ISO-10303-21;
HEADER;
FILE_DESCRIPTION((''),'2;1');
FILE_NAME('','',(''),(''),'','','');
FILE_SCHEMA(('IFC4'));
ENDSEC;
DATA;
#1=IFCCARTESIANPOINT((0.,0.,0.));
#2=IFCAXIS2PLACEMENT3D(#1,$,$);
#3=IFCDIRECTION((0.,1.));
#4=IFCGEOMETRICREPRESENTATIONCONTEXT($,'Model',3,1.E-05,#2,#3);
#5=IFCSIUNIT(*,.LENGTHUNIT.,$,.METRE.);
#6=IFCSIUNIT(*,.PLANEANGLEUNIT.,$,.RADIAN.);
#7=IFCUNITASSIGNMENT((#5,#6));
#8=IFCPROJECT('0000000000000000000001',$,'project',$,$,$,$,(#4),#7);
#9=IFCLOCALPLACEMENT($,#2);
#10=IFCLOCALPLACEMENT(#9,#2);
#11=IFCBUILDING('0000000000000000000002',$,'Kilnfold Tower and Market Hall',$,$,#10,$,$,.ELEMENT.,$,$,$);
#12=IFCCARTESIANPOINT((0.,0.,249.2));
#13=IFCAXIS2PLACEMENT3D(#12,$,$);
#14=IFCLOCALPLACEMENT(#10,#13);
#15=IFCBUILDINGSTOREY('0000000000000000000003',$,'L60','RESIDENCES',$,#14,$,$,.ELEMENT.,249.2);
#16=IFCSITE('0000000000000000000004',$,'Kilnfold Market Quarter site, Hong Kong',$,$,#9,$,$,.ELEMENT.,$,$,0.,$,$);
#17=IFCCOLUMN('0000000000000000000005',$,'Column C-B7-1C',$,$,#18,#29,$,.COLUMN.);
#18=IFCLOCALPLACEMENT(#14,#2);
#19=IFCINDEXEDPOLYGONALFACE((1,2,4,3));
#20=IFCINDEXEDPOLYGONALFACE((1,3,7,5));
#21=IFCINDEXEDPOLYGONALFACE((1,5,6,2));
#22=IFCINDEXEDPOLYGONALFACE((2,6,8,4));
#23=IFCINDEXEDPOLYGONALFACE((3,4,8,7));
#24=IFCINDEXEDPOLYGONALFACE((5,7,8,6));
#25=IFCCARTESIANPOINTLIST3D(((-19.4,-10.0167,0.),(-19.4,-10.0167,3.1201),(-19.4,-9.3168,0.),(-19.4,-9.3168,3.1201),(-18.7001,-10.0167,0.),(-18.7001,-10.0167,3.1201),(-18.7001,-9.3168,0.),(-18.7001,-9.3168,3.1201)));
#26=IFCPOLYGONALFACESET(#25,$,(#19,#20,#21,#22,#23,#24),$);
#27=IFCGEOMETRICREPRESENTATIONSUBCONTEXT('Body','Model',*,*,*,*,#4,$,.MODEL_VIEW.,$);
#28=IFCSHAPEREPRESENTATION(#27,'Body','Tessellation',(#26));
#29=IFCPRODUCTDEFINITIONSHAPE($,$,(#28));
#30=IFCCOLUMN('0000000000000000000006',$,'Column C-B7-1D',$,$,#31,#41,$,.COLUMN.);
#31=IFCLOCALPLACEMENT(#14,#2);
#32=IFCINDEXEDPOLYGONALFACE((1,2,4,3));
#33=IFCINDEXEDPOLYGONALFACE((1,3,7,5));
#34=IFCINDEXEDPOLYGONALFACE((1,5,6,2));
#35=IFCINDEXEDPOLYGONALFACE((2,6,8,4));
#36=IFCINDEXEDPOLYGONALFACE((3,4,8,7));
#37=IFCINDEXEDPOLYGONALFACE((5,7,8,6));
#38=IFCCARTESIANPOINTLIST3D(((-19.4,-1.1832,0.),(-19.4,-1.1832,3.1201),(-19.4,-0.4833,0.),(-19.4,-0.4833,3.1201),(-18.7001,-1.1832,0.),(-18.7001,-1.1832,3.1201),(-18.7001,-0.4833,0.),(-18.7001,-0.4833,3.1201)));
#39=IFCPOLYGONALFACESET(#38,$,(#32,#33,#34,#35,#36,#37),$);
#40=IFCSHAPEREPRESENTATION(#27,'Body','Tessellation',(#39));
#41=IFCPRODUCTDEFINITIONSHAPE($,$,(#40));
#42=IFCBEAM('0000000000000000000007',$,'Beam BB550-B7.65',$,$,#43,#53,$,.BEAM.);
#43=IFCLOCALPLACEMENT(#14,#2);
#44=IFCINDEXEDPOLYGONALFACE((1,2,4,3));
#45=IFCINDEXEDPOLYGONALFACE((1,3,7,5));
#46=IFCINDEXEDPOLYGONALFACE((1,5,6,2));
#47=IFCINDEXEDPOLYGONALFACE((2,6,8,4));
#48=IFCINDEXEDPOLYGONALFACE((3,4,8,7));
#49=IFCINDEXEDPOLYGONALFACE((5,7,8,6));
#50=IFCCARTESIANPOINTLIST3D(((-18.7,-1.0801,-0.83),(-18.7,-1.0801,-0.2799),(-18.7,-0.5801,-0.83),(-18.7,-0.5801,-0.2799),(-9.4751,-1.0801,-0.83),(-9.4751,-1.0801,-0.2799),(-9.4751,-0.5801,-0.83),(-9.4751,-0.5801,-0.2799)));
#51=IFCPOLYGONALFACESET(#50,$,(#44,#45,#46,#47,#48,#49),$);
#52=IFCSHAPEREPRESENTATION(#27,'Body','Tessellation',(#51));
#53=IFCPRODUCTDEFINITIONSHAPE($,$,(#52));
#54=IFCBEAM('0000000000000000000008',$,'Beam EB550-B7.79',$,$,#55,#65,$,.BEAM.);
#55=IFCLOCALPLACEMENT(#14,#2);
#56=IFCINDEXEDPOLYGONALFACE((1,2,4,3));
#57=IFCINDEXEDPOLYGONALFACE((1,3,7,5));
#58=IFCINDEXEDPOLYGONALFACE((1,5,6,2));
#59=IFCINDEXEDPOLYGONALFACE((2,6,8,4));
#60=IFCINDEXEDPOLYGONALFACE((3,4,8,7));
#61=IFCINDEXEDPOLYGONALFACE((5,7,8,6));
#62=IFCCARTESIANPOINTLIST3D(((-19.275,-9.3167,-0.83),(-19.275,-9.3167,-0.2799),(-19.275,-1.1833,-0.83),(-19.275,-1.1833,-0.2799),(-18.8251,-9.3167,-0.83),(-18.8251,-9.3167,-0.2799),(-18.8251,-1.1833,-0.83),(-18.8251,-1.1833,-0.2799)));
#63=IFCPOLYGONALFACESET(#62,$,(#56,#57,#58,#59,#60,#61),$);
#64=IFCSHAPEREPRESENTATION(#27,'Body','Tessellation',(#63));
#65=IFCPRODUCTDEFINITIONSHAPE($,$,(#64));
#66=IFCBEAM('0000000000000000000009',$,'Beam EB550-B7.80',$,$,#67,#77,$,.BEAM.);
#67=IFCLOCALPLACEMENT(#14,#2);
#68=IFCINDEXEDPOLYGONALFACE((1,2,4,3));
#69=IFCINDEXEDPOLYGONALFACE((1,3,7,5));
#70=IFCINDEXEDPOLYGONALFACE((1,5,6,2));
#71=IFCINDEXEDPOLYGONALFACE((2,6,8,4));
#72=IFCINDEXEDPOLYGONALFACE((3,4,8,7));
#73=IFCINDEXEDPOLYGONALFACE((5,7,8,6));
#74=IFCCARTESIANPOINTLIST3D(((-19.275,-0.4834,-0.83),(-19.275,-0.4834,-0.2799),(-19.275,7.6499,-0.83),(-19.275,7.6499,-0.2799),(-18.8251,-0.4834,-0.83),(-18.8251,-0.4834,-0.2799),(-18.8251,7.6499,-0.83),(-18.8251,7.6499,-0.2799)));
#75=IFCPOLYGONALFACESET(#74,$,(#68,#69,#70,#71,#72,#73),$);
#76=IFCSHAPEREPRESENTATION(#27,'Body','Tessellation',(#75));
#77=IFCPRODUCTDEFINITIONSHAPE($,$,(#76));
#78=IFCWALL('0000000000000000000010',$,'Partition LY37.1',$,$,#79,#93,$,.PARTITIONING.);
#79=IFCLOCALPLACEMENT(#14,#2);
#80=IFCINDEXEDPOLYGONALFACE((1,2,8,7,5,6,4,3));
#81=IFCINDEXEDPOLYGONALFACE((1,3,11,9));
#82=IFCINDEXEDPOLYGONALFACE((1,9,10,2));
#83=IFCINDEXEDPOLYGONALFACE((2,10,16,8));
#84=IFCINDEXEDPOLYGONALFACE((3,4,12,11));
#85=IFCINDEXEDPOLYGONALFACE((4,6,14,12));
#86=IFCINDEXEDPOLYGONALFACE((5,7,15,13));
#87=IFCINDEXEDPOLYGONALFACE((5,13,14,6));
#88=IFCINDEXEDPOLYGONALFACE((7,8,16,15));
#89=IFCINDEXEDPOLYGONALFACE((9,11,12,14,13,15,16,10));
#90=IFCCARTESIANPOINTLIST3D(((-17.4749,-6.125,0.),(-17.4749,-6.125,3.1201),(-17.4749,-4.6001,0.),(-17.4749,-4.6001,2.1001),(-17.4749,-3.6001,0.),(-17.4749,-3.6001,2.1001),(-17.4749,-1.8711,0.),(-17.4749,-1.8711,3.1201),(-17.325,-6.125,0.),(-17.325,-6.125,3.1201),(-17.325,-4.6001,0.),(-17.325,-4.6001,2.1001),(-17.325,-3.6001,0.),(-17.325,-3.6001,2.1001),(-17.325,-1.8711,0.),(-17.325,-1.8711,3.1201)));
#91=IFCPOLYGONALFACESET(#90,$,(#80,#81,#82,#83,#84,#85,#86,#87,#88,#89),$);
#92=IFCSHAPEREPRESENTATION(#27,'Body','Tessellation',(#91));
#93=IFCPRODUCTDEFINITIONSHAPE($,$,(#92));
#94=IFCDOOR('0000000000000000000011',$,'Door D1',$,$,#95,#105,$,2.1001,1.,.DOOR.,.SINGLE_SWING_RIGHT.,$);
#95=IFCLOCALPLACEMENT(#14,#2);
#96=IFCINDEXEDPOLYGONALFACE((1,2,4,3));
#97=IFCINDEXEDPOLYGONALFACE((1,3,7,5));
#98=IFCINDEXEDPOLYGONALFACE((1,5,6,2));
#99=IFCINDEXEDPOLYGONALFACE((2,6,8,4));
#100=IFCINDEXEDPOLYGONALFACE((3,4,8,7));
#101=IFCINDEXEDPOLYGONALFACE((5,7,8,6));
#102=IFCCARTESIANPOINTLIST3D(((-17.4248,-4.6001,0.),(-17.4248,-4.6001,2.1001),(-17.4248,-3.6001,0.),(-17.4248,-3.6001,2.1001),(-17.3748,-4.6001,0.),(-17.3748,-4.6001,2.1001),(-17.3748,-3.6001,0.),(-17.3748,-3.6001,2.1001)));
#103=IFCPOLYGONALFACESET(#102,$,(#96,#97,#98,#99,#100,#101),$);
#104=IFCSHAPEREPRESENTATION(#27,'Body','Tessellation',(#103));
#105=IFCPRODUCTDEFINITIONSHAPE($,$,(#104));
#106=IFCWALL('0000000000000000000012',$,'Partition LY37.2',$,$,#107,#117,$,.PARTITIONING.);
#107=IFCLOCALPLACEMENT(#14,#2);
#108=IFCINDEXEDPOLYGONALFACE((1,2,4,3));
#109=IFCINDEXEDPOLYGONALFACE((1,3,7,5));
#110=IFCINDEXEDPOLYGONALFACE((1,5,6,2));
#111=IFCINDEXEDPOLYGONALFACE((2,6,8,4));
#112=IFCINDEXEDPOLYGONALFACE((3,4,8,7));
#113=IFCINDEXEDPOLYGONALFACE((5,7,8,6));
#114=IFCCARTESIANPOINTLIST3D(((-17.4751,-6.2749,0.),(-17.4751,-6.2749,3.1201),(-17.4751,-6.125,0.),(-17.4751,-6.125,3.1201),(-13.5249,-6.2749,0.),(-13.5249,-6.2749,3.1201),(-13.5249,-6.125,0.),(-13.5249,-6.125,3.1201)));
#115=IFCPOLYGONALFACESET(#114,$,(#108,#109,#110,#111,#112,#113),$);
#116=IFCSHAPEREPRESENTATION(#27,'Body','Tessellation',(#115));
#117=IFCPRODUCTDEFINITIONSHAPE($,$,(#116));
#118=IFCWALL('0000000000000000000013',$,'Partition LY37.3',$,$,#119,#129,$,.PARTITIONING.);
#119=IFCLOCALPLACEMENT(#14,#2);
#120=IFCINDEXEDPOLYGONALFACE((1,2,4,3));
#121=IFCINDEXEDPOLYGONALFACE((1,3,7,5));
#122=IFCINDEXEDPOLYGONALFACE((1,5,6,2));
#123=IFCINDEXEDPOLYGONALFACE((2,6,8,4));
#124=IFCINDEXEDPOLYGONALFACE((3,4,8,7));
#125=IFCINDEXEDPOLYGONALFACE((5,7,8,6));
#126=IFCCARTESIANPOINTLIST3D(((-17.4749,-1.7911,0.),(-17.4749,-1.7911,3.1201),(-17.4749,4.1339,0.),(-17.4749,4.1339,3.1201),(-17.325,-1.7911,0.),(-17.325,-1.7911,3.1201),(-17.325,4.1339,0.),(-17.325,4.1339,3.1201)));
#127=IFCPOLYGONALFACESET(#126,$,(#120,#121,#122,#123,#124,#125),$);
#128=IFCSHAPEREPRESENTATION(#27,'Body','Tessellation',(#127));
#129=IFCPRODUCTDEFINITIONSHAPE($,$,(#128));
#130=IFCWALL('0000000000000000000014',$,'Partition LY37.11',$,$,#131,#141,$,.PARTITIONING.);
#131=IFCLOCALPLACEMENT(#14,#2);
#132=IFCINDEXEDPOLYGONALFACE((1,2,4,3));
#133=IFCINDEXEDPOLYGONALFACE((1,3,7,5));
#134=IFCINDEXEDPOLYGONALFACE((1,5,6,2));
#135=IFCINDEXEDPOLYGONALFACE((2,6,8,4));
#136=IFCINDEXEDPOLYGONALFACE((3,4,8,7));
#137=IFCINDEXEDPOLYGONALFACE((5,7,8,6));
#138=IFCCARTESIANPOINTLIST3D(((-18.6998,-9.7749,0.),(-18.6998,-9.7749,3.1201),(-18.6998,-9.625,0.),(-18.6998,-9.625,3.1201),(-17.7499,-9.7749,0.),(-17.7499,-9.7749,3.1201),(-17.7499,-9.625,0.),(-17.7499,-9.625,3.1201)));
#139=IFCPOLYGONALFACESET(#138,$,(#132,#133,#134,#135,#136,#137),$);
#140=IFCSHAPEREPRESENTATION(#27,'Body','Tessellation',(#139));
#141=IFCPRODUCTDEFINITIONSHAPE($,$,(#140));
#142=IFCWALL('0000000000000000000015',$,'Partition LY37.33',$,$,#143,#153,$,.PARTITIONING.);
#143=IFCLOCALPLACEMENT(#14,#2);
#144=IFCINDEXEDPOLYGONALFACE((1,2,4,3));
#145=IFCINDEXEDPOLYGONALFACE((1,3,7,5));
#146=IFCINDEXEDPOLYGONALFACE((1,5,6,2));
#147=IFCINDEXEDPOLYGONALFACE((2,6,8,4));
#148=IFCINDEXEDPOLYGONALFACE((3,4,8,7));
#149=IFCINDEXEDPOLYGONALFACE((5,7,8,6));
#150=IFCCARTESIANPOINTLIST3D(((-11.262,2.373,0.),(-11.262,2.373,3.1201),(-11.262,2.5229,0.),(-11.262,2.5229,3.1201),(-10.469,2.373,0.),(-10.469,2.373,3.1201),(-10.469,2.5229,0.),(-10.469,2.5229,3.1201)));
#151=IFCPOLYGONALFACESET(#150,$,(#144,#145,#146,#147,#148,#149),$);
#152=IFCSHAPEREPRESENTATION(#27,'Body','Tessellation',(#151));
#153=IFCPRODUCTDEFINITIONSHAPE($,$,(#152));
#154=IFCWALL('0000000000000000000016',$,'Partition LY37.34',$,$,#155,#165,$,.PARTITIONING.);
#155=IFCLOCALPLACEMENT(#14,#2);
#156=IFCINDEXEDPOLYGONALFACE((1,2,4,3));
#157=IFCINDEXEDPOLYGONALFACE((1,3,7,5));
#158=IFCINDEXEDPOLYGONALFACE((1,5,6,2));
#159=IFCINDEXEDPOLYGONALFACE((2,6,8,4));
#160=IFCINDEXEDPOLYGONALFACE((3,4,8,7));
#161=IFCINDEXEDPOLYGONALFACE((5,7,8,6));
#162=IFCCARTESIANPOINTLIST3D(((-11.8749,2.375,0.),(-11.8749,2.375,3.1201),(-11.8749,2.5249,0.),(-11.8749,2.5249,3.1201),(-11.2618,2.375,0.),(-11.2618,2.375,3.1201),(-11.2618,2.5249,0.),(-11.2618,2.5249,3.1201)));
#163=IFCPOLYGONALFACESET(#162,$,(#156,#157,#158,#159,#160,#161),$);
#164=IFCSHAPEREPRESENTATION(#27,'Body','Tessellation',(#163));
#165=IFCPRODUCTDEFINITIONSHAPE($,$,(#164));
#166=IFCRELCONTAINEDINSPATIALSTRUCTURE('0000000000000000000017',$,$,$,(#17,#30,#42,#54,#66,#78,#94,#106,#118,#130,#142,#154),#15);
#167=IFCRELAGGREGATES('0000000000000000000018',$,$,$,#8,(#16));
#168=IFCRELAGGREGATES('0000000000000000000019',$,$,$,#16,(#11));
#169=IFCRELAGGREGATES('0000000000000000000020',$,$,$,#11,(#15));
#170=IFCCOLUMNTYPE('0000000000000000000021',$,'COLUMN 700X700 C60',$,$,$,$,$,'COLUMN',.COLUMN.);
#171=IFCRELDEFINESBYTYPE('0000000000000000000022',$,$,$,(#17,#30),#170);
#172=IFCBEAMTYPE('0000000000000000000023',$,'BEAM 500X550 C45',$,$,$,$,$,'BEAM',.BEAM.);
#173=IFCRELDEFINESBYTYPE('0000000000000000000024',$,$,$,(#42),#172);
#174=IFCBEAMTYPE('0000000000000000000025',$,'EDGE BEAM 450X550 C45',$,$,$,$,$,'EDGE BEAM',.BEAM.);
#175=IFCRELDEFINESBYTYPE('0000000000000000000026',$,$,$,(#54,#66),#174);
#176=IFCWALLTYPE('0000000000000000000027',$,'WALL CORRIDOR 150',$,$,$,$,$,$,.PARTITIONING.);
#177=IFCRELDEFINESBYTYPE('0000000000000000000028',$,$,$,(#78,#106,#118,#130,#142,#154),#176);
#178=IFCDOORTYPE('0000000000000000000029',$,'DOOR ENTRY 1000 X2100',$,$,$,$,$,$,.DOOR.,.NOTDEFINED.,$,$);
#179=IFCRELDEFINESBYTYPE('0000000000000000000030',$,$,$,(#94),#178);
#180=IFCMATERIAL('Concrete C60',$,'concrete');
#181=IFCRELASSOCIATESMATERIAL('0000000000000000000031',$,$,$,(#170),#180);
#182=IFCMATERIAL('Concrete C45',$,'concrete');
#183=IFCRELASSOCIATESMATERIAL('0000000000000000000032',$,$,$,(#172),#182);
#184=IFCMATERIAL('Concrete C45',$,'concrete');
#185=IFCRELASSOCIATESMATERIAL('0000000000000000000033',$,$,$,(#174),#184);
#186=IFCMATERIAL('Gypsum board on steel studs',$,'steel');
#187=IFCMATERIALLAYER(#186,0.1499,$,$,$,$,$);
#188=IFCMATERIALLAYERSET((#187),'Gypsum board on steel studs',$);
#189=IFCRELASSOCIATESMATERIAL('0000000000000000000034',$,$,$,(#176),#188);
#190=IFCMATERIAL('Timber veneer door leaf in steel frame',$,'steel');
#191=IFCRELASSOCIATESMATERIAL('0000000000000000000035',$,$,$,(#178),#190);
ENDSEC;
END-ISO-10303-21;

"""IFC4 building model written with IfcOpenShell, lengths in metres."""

from ifc_helpers import new_model, si_unit, direction, frame, frame_2d, origin, origin_2d, place, context, subcontext, project, spatial, rectangle, extrude, source, transform, mapped, material, layer, layer_set, material_profile, profile_set, type_object, element, fill, save


model = new_model("IFC4")

# Units and contexts
model_context = context("Model", 3, precision=1e-05, world=origin(), true_north=direction((0.0, 1.0)))
body_context = subcontext(model_context, "Body", "Model", "MODEL_VIEW")
ifc_project = project(units=[si_unit("LENGTHUNIT", "METRE"), si_unit("PLANEANGLEUNIT", "RADIAN")], contexts=[model_context])

# Site, building, storey
site_placement = place(None, origin())
site = spatial("IfcSite", under=ifc_project, at=site_placement, Name="Kilnfold Market Quarter site, Hong Kong", CompositionType="ELEMENT", RefElevation=0.0)
building_placement = place(site_placement, origin())
building = spatial("IfcBuilding", under=site, at=building_placement, Name="Kilnfold Tower and Market Hall", CompositionType="ELEMENT")
storey_placement = place(building_placement, frame((0.0, 0.0, 249.2)))
storey = spatial("IfcBuildingStorey", under=building, at=storey_placement, Name="L60", Description="RESIDENCES", CompositionType="ELEMENT", Elevation=249.2)

# Columns
ifc_material_1 = material(Name="Concrete C60", Category="concrete")
ifc_material_profile_1 = material_profile(ifc_material_1, rectangle(XDim=0.7, YDim=0.7, at=origin_2d()), Name="RC 700x700")
ifc_profile_set_1 = profile_set([ifc_material_profile_1], Name="Concrete C60")
column_type = type_object("IfcColumnType", Name="COLUMN 700X700 C60", ElementType="COLUMN", PredefinedType="COLUMN", material=ifc_profile_set_1)
shared_shape_1 = source(origin(), body_context, "Body", "SweptSolid", [
    extrude(rectangle(XDim=0.7, YDim=0.7, at=origin_2d()), origin(), (0.0, 0.0, 1.0), 3.1201),
])
for number, where, z_axis, x_axis, name in (
    (1, (-19.05, -9.6667, 0.0), (0.0, 0.0, 1.0), (1.0, 0.0, 0.0), "Column C-B7-1C"),
    (2, (-19.05, -0.8333, 0.0), (0.0, 0.0, 1.0), (1.0, 0.0, 0.0), "Column C-B7-1D"),
):
    element("IfcColumn", number, at=place(storey_placement, frame(where, z_axis=z_axis, x_axis=x_axis)), inside=storey, type_object=column_type, Name=name, PredefinedType="COLUMN", context=body_context, shape_type="MappedRepresentation", body=[
        mapped(shared_shape_1, transform((0.0, 0.0, 0.0))),
    ])

# Beams
ifc_material_2 = material(Name="Concrete C45", Category="concrete")
ifc_material_profile_2 = material_profile(ifc_material_2, rectangle(XDim=0.5, YDim=0.55, at=origin_2d()), Name="RC 500x550")
ifc_profile_set_2 = profile_set([ifc_material_profile_2], Name="Concrete C45")
beam_type_1 = type_object("IfcBeamType", Name="BEAM 500X550 C45", ElementType="BEAM", PredefinedType="BEAM", material=ifc_profile_set_2)
shared_shape_2 = source(origin(), body_context, "Body", "SweptSolid", [
    extrude(rectangle(XDim=0.5, YDim=0.55, at=origin_2d()), origin(), (0.0, 0.0, 1.0), 9.2249),
])
beam_placement = place(storey_placement, frame((-18.7, -0.8301, -0.5549), z_axis=(1.0, 0.0, 0.0), x_axis=(0.0, 1.0, 0.0)))
element("IfcBeam", 3, at=beam_placement, inside=storey, type_object=beam_type_1, Name="Beam BB550-B7.65", PredefinedType="BEAM", context=body_context, shape_type="MappedRepresentation", body=[
    mapped(shared_shape_2, transform((0.0, 0.0, 0.0))),
])
ifc_material_3 = material(Name="Concrete C45", Category="concrete")
ifc_material_profile_3 = material_profile(ifc_material_3, rectangle(XDim=0.45, YDim=0.55, at=origin_2d()), Name="RC 450x550")
ifc_profile_set_3 = profile_set([ifc_material_profile_3], Name="Concrete C45")
beam_type_2 = type_object("IfcBeamType", Name="EDGE BEAM 450X550 C45", ElementType="EDGE BEAM", PredefinedType="BEAM", material=ifc_profile_set_3)
shared_shape_3 = source(origin(), body_context, "Body", "SweptSolid", [
    extrude(rectangle(XDim=0.45, YDim=0.55, at=origin_2d()), origin(), (0.0, 0.0, 1.0), 8.1333),
])
for number, where, z_axis, x_axis, name in (
    (4, (-19.05, -9.3167, -0.5549), (0.0, 1.0, 0.0), (-1.0, 0.0, 0.0), "Beam EB550-B7.79"),
    (5, (-19.05, -0.4834, -0.5549), (0.0, 1.0, 0.0), (-1.0, 0.0, 0.0), "Beam EB550-B7.80"),
):
    element("IfcBeam", number, at=place(storey_placement, frame(where, z_axis=z_axis, x_axis=x_axis)), inside=storey, type_object=beam_type_2, Name=name, PredefinedType="BEAM", context=body_context, shape_type="MappedRepresentation", body=[
        mapped(shared_shape_3, transform((0.0, 0.0, 0.0))),
    ])

# Wall, opening, door
ifc_material_4 = material(Name="Gypsum board on steel studs", Category="steel")
ifc_layer_1 = layer(ifc_material_4, 0.1499)
ifc_layer_set_1 = layer_set([ifc_layer_1], Name="Gypsum board on steel studs")
wall_type_1 = type_object("IfcWallType", Name="WALL CORRIDOR 150", PredefinedType="PARTITIONING", material=ifc_layer_set_1)
wall_1_placement = place(storey_placement, frame((-17.3999, -6.125, 0.0), z_axis=(0.0, 0.0, 1.0), x_axis=(0.0, 1.0, 0.0)))
wall_1 = element("IfcWall", 6, at=wall_1_placement, inside=storey, type_object=wall_type_1, Name="Partition LY37.1", PredefinedType="PARTITIONING", context=body_context, shape_type="SweptSolid", body=[
    extrude(rectangle(XDim=4.2539, YDim=0.1499, at=frame_2d((2.127, 0.0))), origin(), (0.0, 0.0, 1.0), 3.1201),
])
opening_1_placement = place(wall_1_placement, frame((1.5249, 0.0, 0.0)))
opening_1 = element("IfcOpeningElement", 7, at=opening_1_placement, cuts=wall_1, PredefinedType="OPENING", context=body_context, shape_type="SweptSolid", body=[
    extrude(rectangle(XDim=1.0, YDim=2.1001, at=frame_2d((0.5, 1.05))), frame((0.0, 0.085, 0.0), z_axis=(0.0, -1.0, 0.0), x_axis=(1.0, 0.0, 0.0)), (0.0, 0.0, 1.0), 0.1699),
])
ifc_material_5 = material(Name="Timber veneer door leaf in steel frame", Category="steel")
door_type_1 = type_object("IfcDoorType", Name="DOOR ENTRY 1000 X2100", OperationType="NOTDEFINED", PredefinedType="DOOR", material=ifc_material_5)
door_1_placement = place(opening_1_placement, origin())
door_1 = element("IfcDoor", 8, at=door_1_placement, inside=storey, type_object=door_type_1, Name="Door D1", OperationType="SINGLE_SWING_RIGHT", OverallHeight=2.1001, OverallWidth=1.0, PredefinedType="DOOR", context=body_context, shape_type="SweptSolid", body=[
    extrude(rectangle(XDim=1.0, YDim=2.1001, at=frame_2d((0.5, 1.05))), frame((0.0, 0.0249, 0.0), z_axis=(0.0, -1.0, 0.0), x_axis=(1.0, 0.0, 0.0)), (0.0, 0.0, 1.0), 0.05),
])
fill(opening_1, door_1)

# Walls
wall_2_placement = place(storey_placement, frame((-17.4751, -6.2, 0.0), z_axis=(0.0, 0.0, 1.0), x_axis=(1.0, 0.0, 0.0)))
element("IfcWall", 9, at=wall_2_placement, inside=storey, type_object=wall_type_1, Name="Partition LY37.2", PredefinedType="PARTITIONING", context=body_context, shape_type="SweptSolid", body=[
    extrude(rectangle(XDim=3.9502, YDim=0.1499, at=frame_2d((1.9751, 0.0))), origin(), (0.0, 0.0, 1.0), 3.1201),
])
wall_3_placement = place(storey_placement, frame((-17.3999, -1.791, 0.0), z_axis=(0.0, 0.0, 1.0), x_axis=(0.0, 1.0, 0.0)))
element("IfcWall", 10, at=wall_3_placement, inside=storey, type_object=wall_type_1, Name="Partition LY37.3", PredefinedType="PARTITIONING", context=body_context, shape_type="SweptSolid", body=[
    extrude(rectangle(XDim=5.925, YDim=0.1499, at=frame_2d((2.9624, 0.0))), origin(), (0.0, 0.0, 1.0), 3.1201),
])
wall_4_placement = place(storey_placement, frame((-18.7, -9.7, 0.0), z_axis=(0.0, 0.0, 1.0), x_axis=(1.0, 0.0, 0.0)))
element("IfcWall", 11, at=wall_4_placement, inside=storey, type_object=wall_type_1, Name="Partition LY37.11", PredefinedType="PARTITIONING", context=body_context, shape_type="SweptSolid", body=[
    extrude(rectangle(XDim=0.95, YDim=0.1499, at=frame_2d((0.4751, 0.0))), origin(), (0.0, 0.0, 1.0), 3.1201),
])
wall_5_placement = place(storey_placement, frame((-11.262, 2.448, 0.0), z_axis=(0.0, 0.0, 1.0), x_axis=(1.0, 0.0, 0.0)))
element("IfcWall", 12, at=wall_5_placement, inside=storey, type_object=wall_type_1, Name="Partition LY37.33", PredefinedType="PARTITIONING", context=body_context, shape_type="SweptSolid", body=[
    extrude(rectangle(XDim=0.793, YDim=0.1499, at=frame_2d((0.3965, 0.0))), origin(), (0.0, 0.0, 1.0), 3.1201),
])
wall_6_placement = place(storey_placement, frame((-11.875, 2.45, 0.0), z_axis=(0.0, 0.0, 1.0), x_axis=(1.0, 0.0, 0.0)))
element("IfcWall", 13, at=wall_6_placement, inside=storey, type_object=wall_type_1, Name="Partition LY37.34", PredefinedType="PARTITIONING", context=body_context, shape_type="SweptSolid", body=[
    extrude(rectangle(XDim=0.613, YDim=0.1499, at=frame_2d((0.3066, 0.0))), origin(), (0.0, 0.0, 1.0), 3.1201),
])

save(model, "model.ifc")
